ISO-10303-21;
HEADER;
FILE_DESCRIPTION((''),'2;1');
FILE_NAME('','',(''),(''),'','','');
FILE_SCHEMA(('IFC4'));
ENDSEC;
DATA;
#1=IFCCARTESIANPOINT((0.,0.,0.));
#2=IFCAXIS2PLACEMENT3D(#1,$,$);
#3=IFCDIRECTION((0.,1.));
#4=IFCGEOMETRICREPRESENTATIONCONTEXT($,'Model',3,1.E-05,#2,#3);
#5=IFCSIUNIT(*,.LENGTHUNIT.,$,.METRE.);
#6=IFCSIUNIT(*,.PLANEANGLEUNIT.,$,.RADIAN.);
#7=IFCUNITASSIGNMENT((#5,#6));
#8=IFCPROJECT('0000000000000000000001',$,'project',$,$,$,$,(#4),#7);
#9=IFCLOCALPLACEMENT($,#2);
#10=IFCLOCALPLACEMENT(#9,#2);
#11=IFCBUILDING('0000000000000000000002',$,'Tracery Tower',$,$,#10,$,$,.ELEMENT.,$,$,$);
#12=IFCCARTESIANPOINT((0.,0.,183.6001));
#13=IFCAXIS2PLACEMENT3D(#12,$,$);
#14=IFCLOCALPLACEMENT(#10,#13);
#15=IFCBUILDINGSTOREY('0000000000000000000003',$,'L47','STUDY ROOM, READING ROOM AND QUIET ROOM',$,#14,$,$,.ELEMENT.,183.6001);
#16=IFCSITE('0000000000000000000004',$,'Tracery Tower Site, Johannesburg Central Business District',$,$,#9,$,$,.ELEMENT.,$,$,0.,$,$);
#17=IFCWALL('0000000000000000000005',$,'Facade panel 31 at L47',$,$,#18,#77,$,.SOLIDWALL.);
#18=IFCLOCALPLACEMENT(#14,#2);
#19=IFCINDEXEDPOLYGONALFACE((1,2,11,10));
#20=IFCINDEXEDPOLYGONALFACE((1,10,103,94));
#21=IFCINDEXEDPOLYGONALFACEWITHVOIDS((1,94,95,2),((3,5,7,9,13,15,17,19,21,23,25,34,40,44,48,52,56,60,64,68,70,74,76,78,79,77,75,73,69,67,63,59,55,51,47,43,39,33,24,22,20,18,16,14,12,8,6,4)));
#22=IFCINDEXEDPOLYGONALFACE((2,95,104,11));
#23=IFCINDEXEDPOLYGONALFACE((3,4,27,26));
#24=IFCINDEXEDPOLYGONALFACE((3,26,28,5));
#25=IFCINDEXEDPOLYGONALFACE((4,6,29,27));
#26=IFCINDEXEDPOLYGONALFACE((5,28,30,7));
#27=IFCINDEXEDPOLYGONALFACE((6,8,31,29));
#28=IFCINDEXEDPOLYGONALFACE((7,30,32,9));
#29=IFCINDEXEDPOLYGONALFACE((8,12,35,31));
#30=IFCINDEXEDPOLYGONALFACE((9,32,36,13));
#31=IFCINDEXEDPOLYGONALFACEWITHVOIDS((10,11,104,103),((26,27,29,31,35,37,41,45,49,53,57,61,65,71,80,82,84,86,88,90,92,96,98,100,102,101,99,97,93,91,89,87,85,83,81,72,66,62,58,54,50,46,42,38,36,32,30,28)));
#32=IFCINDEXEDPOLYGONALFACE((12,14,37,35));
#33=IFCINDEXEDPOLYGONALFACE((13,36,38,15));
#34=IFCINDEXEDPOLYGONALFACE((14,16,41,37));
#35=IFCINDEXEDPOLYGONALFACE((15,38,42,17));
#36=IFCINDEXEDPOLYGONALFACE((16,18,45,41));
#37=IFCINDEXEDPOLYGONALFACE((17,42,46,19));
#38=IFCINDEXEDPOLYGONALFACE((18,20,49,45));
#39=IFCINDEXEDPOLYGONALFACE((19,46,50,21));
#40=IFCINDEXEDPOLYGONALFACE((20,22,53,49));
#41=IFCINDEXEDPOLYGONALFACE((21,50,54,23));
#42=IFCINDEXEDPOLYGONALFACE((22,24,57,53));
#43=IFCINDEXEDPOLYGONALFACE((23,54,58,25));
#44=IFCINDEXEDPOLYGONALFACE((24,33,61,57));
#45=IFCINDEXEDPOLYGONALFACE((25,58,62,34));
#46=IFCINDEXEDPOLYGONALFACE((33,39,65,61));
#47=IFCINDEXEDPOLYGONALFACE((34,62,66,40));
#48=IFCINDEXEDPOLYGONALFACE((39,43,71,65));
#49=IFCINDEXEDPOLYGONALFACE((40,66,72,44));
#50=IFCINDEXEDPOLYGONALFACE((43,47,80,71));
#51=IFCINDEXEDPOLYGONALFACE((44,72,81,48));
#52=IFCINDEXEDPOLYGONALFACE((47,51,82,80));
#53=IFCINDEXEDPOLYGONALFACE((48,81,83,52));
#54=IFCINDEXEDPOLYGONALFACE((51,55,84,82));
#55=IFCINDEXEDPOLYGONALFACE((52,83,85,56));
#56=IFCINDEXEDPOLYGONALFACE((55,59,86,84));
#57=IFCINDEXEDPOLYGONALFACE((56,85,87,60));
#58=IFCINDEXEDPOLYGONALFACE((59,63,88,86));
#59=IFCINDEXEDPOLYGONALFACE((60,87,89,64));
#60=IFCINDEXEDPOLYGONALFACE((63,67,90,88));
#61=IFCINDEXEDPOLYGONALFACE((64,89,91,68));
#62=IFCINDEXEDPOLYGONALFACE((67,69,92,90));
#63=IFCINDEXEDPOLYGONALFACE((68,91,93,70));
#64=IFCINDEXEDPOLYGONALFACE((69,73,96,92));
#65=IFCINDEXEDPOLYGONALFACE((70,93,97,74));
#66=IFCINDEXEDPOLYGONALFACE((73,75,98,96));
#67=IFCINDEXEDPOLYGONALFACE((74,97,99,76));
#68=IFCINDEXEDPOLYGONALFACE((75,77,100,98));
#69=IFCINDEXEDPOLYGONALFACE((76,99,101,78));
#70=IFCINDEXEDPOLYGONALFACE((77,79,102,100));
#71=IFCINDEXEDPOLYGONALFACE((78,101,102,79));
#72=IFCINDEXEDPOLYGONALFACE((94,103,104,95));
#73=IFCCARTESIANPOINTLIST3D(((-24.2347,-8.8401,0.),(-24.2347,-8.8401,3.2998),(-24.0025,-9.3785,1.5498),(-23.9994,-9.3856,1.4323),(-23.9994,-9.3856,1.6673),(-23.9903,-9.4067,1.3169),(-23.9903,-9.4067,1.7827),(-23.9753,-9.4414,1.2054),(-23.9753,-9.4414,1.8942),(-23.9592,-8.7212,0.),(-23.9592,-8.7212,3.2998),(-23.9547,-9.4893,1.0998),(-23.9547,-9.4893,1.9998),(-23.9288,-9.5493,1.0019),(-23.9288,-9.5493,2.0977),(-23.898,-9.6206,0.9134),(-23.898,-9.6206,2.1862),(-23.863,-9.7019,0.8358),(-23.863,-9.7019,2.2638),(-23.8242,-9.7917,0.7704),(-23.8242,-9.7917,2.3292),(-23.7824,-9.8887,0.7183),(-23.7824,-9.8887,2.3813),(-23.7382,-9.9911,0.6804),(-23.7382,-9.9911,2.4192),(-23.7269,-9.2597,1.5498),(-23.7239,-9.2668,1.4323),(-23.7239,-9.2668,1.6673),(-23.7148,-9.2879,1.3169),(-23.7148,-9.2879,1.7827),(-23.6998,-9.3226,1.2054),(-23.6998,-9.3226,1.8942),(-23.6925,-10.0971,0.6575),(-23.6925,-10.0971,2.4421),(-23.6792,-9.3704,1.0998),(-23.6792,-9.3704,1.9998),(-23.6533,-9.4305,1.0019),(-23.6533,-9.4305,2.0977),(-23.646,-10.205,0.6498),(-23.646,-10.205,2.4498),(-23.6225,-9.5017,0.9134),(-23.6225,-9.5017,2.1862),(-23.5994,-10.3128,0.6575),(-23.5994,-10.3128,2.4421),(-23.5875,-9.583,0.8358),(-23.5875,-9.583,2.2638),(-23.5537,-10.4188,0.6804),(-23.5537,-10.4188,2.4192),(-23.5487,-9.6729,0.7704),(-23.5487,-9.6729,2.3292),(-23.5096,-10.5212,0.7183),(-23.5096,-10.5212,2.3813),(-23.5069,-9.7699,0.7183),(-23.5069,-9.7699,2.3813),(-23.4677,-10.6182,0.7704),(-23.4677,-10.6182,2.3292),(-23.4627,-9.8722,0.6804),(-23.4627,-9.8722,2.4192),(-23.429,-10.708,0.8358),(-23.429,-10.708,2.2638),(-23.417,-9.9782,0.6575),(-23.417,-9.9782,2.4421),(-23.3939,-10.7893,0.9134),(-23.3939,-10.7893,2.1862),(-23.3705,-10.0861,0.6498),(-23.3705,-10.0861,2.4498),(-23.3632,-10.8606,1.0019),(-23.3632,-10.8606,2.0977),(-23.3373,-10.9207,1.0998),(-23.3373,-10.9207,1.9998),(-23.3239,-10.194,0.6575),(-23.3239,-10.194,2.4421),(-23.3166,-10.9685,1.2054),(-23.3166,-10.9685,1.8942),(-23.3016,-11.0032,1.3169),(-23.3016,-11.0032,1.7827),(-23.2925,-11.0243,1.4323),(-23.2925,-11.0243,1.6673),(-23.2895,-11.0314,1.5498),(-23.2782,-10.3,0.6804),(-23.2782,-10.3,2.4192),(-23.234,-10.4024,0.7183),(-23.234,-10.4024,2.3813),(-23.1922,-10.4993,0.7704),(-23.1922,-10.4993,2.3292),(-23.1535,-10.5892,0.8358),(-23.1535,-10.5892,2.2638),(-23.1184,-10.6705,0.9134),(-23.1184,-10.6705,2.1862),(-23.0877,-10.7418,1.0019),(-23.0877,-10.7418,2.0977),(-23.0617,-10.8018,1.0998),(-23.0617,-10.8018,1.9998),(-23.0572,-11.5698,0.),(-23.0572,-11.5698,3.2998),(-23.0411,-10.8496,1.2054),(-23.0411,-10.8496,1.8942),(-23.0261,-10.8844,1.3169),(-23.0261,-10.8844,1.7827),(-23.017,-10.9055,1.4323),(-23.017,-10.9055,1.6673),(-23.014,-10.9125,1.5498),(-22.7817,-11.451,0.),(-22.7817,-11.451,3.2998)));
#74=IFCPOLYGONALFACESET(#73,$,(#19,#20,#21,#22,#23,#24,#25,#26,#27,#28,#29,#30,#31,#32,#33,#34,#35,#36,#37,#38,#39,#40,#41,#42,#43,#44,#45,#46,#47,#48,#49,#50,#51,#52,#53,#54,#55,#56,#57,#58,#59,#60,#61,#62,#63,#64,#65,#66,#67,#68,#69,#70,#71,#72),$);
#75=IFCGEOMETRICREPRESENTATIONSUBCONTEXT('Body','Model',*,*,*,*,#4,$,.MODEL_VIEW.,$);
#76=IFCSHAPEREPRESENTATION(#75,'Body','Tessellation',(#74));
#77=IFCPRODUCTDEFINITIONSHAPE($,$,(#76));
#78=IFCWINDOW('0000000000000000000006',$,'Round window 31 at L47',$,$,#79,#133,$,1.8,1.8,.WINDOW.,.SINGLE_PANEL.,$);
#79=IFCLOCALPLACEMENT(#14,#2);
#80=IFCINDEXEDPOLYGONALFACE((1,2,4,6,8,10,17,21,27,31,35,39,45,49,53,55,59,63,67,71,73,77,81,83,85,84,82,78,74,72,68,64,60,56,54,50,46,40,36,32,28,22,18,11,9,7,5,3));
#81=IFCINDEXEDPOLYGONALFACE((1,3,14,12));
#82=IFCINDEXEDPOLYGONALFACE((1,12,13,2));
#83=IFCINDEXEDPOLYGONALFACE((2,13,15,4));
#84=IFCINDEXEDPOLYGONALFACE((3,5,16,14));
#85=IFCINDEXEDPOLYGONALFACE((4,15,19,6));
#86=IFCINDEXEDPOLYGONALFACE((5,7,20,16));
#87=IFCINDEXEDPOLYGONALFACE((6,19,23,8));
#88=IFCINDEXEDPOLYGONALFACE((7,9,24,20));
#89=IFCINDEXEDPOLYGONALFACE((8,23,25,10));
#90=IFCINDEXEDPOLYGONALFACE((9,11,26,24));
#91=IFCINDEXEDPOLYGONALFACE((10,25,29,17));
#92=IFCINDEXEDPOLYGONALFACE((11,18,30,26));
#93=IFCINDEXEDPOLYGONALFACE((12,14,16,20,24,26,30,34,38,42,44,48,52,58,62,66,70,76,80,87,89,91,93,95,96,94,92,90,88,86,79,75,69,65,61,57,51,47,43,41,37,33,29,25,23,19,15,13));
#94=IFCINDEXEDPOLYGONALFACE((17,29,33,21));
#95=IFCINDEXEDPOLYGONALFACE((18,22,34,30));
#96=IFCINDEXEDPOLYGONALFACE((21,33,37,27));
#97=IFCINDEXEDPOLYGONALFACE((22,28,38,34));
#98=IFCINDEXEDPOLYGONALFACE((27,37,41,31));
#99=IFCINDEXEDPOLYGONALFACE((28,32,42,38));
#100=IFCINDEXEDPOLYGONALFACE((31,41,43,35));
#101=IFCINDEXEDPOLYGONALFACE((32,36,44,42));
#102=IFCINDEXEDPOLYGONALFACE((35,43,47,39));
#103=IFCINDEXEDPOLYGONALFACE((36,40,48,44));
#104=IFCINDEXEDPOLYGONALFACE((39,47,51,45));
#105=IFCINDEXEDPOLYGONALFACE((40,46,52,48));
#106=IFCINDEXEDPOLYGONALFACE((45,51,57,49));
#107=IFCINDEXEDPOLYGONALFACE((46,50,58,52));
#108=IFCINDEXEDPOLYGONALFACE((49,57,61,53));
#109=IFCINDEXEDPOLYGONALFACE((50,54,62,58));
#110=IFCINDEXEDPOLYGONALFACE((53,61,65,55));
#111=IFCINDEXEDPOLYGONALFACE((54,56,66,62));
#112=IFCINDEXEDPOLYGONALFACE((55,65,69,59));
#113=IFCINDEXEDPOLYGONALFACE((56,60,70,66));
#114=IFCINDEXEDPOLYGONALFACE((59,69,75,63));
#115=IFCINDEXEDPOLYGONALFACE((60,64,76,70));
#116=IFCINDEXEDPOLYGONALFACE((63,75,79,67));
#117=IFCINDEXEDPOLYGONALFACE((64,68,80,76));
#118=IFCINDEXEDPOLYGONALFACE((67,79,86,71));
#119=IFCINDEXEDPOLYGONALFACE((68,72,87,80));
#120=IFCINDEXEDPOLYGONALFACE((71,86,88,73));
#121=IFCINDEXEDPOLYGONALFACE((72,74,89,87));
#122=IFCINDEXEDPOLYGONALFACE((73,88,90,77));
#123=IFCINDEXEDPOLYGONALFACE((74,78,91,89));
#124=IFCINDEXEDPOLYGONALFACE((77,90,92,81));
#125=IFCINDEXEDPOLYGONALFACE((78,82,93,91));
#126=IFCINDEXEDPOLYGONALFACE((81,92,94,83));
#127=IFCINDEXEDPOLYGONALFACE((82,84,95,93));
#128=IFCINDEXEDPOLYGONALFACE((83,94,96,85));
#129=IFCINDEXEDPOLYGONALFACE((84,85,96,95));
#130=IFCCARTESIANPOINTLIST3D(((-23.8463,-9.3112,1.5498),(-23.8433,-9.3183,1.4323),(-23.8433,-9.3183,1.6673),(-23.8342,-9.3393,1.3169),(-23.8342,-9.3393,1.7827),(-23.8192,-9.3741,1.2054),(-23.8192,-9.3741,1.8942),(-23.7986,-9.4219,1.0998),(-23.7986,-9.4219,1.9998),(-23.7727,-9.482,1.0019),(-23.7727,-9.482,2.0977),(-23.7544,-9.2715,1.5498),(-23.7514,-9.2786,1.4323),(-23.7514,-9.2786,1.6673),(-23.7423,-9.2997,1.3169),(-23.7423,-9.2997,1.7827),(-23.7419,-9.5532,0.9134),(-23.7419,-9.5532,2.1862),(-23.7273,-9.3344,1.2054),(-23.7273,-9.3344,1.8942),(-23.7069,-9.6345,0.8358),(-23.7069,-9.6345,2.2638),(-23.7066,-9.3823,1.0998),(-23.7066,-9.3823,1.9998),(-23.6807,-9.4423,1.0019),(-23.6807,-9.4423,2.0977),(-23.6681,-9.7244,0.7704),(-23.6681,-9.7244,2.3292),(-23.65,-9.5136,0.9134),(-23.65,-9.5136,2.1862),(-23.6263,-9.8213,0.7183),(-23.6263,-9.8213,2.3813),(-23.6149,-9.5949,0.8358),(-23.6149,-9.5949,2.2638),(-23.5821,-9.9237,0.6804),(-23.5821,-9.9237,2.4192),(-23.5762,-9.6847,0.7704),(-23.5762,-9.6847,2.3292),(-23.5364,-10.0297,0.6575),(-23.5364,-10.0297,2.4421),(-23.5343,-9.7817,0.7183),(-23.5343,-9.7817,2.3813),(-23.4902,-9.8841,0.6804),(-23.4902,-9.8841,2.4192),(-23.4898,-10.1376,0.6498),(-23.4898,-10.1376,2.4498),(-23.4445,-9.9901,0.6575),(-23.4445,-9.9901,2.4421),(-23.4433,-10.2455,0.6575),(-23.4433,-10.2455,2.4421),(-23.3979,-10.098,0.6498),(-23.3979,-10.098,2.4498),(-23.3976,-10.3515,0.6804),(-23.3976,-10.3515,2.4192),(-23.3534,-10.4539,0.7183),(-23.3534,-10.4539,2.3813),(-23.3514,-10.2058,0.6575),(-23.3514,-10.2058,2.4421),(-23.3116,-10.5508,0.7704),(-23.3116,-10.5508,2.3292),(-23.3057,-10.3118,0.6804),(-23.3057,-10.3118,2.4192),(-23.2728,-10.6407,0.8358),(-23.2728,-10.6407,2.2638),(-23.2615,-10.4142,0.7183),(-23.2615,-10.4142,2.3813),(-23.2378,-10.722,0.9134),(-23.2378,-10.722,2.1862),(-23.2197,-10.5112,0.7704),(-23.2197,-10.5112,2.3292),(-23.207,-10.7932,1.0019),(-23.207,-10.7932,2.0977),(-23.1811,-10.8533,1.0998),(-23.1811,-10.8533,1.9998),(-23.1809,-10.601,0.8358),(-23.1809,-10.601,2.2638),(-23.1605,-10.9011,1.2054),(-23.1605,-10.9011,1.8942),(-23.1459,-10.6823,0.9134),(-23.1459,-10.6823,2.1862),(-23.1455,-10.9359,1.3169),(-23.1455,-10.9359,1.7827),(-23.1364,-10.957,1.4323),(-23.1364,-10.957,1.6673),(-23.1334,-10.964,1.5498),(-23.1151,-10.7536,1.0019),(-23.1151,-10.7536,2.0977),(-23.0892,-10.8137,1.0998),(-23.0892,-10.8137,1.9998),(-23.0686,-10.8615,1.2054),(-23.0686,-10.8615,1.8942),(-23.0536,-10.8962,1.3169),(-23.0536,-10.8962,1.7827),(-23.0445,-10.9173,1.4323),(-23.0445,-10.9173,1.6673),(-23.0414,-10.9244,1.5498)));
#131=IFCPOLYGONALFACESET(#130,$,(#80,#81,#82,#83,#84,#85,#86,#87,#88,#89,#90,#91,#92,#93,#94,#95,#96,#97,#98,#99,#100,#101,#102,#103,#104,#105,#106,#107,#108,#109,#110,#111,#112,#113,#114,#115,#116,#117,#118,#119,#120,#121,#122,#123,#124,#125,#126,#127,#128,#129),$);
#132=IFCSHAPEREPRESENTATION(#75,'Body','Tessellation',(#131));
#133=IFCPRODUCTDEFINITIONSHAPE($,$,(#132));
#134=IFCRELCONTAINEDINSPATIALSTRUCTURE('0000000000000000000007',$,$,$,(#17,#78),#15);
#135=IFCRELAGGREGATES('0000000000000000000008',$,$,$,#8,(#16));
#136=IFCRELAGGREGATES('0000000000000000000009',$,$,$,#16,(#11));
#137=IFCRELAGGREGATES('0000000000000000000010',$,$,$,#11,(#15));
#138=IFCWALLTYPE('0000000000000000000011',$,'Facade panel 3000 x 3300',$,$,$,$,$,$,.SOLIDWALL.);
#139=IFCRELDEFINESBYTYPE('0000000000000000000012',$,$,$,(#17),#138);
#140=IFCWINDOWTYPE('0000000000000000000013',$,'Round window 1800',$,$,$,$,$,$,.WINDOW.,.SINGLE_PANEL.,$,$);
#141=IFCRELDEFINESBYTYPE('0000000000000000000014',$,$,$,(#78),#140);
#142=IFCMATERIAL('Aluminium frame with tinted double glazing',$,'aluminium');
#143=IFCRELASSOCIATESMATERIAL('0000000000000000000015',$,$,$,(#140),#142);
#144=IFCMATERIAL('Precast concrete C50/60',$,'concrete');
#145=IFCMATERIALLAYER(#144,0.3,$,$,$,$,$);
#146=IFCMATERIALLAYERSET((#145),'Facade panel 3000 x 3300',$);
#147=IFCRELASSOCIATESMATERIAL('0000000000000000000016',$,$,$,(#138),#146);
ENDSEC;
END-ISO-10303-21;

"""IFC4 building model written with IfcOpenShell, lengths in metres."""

from ifc_helpers import new_model, si_unit, direction, frame, frame_2d, origin, origin_2d, place, context, subcontext, project, spatial, rectangle, circle, extrude, material, layer, layer_set, type_object, element, fill, save


model = new_model("IFC4")

# Units and contexts
model_context = context("Model", 3, precision=1e-05, world=origin(), true_north=direction((0.0, 1.0)))
body_context = subcontext(model_context, "Body", "Model", "MODEL_VIEW")
ifc_project = project(units=[si_unit("LENGTHUNIT", "METRE"), si_unit("PLANEANGLEUNIT", "RADIAN")], contexts=[model_context])

# Site, building, storey
site_placement = place(None, origin())
site = spatial("IfcSite", under=ifc_project, at=site_placement, Name="Tracery Tower Site, Johannesburg Central Business District", CompositionType="ELEMENT", RefElevation=0.0)
building_placement = place(site_placement, origin())
building = spatial("IfcBuilding", under=site, at=building_placement, Name="Tracery Tower", CompositionType="ELEMENT")
storey_placement = place(building_placement, frame((0.0, 0.0, 183.6001)))
storey = spatial("IfcBuildingStorey", under=building, at=storey_placement, Name="L47", Description="STUDY ROOM, READING ROOM AND QUIET ROOM", CompositionType="ELEMENT", Elevation=183.6001)

# Wall, opening, window
ifc_material_1 = material(Name="Aluminium frame with tinted double glazing", Category="aluminium")
window_type = type_object("IfcWindowType", Name="Round window 1800", PartitioningType="SINGLE_PANEL", PredefinedType="WINDOW", material=ifc_material_1)
ifc_material_2 = material(Name="Precast concrete C50/60", Category="concrete")
ifc_layer_1 = layer(ifc_material_2, 0.3)
ifc_layer_set_1 = layer_set([ifc_layer_1], Name="Facade panel 3000 x 3300")
wall_type_1 = type_object("IfcWallType", Name="Facade panel 3000 x 3300", PredefinedType="SOLIDWALL", material=ifc_layer_set_1)
wall_1_placement = place(storey_placement, frame((-24.0969, -8.7808, 0.0), z_axis=(0.0, 0.0, 1.0), x_axis=(0.396079, -0.918216, 0.0)))
wall_1 = element("IfcWall", 1, at=wall_1_placement, inside=storey, type_object=wall_type_1, Name="Facade panel 31 at L47", PredefinedType="SOLIDWALL", context=body_context, shape_type="SweptSolid", body=[
    extrude(rectangle(XDim=2.9729, YDim=0.3, at=frame_2d((1.4863, 0.0))), origin(), (0.0, 0.0, 1.0), 3.2998),
])
opening_1_placement = place(wall_1_placement, frame((1.4863, 0.0, 1.5498)))
opening_1 = element("IfcOpeningElement", 2, at=opening_1_placement, cuts=wall_1, PredefinedType="OPENING", context=body_context, shape_type="SweptSolid", body=[
    extrude(circle(Radius=0.9, at=origin_2d()), frame((0.0, 0.1599, 0.0), z_axis=(0.0, -1.0, 0.0), x_axis=(1.0, 0.0, 0.0)), (0.0, 0.0, 1.0), 0.3201),
])
window_1_placement = place(opening_1_placement, origin())
window_1 = element("IfcWindow", 3, at=window_1_placement, inside=storey, type_object=window_type, Name="Round window 31 at L47", OverallHeight=1.8, OverallWidth=1.8, PartitioningType="SINGLE_PANEL", PredefinedType="WINDOW", context=body_context, shape_type="SweptSolid", body=[
    extrude(circle(Radius=0.9, at=origin_2d()), frame((0.0, 0.1201, 0.0), z_axis=(0.0, -1.0, 0.0), x_axis=(1.0, 0.0, 0.0)), (0.0, 0.0, 1.0), 0.1001),
])
fill(opening_1, window_1)

save(model, "model.ifc")
